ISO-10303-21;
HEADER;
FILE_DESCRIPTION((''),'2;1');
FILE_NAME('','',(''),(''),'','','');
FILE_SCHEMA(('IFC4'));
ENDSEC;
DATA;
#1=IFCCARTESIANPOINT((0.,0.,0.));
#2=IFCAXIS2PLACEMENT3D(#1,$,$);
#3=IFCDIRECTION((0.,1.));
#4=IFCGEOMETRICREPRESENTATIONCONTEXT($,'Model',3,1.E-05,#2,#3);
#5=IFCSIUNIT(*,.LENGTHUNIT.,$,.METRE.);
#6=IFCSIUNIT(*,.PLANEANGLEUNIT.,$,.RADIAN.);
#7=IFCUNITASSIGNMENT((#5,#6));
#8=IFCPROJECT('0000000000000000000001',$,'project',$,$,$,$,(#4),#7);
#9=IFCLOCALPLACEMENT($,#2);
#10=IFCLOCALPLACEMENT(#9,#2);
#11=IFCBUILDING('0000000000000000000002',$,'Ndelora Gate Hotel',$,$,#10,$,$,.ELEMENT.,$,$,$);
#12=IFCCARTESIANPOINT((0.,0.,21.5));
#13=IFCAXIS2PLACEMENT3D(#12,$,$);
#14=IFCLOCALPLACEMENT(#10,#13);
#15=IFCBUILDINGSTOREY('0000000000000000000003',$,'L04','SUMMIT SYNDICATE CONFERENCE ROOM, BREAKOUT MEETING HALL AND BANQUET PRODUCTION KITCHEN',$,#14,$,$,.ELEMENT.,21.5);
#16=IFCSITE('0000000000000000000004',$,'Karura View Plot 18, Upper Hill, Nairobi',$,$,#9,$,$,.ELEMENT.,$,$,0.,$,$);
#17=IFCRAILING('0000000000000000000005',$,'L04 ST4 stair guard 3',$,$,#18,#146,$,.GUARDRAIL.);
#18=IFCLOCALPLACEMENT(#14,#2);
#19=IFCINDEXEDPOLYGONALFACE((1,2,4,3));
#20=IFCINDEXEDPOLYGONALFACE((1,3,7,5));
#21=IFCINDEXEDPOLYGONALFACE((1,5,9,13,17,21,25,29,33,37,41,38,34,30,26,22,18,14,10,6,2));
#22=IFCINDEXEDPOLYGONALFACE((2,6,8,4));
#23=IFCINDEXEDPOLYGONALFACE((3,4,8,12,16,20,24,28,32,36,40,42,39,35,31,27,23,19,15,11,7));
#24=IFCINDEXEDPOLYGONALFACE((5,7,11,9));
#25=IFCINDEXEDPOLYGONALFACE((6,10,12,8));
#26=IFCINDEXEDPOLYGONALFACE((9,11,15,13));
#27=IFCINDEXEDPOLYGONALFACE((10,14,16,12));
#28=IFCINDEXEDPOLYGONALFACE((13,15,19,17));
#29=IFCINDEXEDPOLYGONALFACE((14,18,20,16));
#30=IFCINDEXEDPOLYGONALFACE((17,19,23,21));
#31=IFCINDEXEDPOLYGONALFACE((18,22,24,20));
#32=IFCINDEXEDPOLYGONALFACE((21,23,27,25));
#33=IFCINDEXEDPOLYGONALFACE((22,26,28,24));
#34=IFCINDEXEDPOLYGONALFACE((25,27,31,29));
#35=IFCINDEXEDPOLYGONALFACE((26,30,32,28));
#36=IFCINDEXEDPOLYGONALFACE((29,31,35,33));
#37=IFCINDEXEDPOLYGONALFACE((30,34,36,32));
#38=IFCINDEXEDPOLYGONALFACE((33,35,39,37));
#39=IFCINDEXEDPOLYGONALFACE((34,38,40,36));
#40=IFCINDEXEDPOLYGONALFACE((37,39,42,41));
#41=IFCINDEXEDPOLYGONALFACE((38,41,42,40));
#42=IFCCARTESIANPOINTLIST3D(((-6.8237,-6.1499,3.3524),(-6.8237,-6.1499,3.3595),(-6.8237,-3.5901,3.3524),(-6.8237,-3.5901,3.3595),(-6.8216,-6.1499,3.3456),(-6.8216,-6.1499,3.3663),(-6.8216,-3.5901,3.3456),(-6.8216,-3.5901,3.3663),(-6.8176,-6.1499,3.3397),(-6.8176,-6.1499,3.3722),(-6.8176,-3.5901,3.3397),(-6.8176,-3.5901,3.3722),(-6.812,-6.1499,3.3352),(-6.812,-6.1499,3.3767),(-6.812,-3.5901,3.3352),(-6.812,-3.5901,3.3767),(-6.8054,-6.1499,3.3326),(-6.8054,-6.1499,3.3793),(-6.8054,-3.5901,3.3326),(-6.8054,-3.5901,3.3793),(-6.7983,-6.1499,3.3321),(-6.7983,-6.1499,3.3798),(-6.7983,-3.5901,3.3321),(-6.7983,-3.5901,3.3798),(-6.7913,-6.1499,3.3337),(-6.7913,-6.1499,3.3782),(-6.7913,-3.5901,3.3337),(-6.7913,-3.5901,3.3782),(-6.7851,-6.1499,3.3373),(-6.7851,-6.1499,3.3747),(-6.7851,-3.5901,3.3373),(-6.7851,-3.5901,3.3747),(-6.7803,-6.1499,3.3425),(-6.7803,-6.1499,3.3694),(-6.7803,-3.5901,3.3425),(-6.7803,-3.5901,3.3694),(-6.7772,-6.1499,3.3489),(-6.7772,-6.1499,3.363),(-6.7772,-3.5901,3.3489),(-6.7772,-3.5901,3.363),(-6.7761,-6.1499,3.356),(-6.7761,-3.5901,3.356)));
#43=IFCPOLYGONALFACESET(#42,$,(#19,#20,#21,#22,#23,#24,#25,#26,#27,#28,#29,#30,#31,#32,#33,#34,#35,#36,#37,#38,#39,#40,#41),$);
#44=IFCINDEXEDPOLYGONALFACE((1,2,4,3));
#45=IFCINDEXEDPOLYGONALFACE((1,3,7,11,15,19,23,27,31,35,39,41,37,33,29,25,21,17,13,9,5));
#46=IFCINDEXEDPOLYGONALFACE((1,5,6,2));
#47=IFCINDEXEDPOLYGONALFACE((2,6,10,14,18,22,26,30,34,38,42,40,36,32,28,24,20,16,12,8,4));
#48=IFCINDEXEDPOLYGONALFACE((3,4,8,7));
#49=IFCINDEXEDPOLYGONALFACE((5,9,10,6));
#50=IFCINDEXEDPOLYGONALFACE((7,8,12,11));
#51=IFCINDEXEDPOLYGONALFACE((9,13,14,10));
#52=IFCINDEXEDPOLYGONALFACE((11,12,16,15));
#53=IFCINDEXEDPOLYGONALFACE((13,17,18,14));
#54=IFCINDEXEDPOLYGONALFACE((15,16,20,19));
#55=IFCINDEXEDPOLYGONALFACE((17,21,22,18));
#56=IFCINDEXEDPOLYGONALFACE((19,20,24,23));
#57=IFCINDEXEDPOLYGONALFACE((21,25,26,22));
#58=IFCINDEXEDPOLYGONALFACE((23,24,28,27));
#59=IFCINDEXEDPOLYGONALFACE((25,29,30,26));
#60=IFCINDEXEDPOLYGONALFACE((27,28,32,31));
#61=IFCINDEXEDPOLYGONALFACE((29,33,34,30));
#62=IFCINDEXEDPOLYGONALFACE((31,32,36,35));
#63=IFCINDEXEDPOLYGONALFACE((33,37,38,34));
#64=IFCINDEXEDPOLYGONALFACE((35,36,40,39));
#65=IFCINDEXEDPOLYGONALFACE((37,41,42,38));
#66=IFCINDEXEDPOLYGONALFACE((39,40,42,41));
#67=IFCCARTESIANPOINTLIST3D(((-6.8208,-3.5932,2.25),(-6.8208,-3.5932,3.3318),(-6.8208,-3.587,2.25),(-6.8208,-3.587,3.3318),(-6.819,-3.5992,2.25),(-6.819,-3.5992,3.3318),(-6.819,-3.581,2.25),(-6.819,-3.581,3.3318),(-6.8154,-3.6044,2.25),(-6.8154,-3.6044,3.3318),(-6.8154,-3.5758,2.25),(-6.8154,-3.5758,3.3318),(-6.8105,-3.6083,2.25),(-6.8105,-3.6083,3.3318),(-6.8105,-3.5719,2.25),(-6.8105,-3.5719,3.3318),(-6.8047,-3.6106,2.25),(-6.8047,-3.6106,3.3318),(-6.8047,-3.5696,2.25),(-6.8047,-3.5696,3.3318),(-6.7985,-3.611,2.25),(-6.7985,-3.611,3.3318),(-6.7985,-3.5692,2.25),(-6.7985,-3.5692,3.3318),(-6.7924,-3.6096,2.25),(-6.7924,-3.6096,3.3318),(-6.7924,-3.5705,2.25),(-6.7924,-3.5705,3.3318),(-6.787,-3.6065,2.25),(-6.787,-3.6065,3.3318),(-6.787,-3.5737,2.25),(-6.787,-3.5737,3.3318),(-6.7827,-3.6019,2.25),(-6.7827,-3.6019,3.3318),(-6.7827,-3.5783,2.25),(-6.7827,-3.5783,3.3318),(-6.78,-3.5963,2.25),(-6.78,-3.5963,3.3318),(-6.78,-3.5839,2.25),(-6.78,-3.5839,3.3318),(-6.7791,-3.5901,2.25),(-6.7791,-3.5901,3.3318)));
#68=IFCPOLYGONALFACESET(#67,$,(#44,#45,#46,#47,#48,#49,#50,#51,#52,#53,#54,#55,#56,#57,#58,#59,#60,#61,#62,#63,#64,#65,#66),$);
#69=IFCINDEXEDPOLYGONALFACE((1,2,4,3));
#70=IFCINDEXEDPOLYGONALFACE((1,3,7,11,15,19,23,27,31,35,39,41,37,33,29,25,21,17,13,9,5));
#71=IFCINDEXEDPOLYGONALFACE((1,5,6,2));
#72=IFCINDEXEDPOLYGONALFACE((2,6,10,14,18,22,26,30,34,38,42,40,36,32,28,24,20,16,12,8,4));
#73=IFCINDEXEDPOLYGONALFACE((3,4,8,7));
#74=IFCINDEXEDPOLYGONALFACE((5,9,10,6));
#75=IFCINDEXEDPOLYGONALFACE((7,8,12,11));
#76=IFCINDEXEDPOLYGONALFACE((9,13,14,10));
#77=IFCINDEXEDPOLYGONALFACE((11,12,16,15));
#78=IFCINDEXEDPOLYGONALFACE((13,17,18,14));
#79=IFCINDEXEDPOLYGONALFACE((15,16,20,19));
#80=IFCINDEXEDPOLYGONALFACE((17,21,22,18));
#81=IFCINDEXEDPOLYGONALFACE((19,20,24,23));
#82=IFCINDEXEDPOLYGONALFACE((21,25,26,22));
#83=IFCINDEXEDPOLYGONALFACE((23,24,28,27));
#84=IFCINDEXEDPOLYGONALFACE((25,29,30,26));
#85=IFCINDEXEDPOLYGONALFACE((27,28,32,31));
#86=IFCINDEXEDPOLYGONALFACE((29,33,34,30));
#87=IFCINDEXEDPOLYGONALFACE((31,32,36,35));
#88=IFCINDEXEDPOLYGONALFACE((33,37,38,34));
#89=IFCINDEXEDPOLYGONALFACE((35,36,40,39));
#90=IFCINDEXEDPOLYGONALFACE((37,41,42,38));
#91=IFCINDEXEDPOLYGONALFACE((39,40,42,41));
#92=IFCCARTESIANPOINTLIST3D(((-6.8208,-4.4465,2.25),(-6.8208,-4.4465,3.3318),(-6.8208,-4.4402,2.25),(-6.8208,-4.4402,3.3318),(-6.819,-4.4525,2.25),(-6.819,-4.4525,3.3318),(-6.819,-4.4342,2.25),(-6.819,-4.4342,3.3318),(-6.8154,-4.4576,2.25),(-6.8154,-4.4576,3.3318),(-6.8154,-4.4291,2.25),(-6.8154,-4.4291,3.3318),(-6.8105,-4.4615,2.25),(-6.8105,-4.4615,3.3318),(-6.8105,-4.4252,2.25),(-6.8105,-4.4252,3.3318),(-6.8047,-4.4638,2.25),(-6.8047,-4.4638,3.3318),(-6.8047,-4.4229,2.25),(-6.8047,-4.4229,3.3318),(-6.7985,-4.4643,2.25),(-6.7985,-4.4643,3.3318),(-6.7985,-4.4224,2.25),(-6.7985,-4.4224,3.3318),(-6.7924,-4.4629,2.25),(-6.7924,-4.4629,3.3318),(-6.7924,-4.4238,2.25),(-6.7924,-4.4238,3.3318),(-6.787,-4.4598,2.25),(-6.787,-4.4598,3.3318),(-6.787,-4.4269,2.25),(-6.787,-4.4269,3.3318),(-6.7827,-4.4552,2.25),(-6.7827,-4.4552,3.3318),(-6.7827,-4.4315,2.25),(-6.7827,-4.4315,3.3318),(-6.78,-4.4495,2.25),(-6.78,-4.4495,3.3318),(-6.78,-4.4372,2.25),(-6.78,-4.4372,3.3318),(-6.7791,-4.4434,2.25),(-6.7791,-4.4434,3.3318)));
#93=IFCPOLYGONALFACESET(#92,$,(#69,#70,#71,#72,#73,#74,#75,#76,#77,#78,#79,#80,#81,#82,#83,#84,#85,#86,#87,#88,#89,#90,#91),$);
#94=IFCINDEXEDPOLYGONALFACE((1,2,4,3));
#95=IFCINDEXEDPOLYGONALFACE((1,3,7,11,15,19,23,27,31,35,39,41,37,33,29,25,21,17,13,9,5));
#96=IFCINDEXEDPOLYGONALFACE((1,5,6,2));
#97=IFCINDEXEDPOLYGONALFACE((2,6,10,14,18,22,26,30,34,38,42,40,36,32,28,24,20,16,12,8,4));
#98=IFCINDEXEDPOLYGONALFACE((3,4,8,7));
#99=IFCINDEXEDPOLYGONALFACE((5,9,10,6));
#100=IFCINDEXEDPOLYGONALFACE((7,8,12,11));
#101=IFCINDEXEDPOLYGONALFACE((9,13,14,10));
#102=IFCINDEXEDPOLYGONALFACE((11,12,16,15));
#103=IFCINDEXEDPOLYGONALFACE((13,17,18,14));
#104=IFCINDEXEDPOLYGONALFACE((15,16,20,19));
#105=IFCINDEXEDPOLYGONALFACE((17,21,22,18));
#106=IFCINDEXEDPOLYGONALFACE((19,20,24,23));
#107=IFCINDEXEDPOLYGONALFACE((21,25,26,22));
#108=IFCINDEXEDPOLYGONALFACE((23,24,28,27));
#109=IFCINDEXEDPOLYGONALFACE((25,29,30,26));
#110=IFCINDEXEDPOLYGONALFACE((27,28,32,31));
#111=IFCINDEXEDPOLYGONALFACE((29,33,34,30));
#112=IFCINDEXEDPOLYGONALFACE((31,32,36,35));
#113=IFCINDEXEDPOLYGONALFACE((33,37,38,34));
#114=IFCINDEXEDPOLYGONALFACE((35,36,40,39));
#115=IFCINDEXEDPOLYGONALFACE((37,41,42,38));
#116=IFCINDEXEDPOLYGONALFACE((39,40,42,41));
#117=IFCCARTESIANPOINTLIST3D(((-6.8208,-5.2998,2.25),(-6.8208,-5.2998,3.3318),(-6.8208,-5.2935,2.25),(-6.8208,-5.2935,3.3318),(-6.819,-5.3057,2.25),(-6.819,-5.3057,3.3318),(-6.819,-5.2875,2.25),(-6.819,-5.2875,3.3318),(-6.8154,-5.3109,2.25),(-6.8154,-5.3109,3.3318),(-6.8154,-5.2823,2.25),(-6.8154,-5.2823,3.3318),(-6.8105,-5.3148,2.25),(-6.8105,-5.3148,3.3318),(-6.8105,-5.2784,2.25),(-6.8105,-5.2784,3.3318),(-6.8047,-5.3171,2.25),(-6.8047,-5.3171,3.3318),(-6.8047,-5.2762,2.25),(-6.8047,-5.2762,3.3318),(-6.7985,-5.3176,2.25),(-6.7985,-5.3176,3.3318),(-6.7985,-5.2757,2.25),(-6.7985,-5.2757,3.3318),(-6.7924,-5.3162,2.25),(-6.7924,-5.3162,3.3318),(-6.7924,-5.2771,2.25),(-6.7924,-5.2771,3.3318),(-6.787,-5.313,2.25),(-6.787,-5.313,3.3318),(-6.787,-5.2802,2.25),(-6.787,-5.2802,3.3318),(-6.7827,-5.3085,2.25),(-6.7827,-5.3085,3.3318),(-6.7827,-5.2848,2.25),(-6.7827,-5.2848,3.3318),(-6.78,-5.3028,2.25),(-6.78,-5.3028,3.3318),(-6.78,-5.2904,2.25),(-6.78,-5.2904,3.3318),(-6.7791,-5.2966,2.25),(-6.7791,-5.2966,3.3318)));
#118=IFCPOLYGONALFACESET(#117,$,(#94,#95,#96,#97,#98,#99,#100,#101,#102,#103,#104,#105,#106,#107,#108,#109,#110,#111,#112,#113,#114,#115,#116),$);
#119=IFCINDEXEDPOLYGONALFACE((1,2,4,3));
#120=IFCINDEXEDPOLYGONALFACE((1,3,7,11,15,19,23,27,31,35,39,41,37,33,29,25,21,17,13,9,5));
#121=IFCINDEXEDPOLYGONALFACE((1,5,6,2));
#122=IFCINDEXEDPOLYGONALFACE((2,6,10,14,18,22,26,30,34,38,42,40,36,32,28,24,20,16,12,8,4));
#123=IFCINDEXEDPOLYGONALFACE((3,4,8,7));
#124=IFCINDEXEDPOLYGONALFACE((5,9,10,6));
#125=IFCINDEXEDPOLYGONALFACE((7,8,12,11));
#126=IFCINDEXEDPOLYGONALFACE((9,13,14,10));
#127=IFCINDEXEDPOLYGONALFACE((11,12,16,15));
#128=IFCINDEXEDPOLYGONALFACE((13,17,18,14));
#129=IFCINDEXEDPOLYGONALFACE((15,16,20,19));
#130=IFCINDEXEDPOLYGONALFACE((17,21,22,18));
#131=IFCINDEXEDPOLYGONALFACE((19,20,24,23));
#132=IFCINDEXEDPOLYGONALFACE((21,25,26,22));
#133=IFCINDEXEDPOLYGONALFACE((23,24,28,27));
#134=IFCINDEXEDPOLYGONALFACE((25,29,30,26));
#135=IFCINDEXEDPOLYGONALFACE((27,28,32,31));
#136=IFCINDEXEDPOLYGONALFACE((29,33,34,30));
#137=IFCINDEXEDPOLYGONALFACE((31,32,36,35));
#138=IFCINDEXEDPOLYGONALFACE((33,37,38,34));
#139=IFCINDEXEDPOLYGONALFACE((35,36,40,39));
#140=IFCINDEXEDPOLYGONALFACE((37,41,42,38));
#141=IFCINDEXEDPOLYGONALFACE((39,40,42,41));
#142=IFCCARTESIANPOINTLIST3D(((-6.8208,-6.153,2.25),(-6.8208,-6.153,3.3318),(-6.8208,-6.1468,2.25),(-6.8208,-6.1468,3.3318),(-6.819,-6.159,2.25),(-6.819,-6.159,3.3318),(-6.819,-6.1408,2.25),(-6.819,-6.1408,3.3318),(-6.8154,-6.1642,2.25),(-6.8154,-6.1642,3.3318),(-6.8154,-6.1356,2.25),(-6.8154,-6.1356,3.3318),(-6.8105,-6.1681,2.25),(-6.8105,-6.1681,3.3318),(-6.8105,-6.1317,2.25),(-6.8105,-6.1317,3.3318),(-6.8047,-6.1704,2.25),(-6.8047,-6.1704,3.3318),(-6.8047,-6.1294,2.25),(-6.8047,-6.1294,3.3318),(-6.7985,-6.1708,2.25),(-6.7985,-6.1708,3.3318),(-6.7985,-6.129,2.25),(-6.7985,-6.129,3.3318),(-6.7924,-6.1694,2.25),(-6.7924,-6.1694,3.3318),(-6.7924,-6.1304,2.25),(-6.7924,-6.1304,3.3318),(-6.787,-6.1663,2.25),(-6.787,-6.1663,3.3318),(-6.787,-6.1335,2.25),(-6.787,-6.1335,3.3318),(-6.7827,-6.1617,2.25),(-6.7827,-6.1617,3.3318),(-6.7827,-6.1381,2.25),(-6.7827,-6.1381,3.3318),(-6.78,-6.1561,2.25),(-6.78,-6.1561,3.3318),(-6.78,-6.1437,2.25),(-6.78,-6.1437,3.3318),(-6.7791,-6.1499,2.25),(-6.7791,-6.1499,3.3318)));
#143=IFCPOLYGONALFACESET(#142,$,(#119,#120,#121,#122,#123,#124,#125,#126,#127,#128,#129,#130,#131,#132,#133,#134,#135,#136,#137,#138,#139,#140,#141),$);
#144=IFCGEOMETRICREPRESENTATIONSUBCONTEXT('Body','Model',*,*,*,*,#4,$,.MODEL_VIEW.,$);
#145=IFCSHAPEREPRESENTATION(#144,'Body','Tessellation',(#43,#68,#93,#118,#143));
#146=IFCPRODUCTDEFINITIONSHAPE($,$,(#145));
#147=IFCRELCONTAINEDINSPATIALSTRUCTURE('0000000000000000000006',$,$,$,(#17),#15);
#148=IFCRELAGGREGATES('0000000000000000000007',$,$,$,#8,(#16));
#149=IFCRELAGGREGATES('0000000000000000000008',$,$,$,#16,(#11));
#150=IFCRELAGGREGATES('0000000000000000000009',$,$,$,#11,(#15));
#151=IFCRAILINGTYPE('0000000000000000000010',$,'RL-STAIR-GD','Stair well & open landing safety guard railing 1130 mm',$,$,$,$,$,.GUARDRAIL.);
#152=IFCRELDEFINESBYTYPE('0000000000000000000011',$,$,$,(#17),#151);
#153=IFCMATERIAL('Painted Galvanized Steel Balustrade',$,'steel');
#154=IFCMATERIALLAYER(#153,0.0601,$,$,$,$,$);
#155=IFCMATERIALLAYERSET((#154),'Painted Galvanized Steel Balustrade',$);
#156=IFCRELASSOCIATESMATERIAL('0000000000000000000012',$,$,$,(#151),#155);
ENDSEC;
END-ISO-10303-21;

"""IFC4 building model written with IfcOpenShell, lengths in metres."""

from ifc_helpers import new_model, si_unit, direction, frame, origin, origin_2d, place, context, subcontext, project, spatial, circle, extrude, material, layer, layer_set, type_object, element, save


model = new_model("IFC4")

# Units and contexts
model_context = context("Model", 3, precision=1e-05, world=origin(), true_north=direction((0.0, 1.0)))
body_context = subcontext(model_context, "Body", "Model", "MODEL_VIEW")
ifc_project = project(units=[si_unit("LENGTHUNIT", "METRE"), si_unit("PLANEANGLEUNIT", "RADIAN")], contexts=[model_context])

# Site, building, storey
site_placement = place(None, origin())
site = spatial("IfcSite", under=ifc_project, at=site_placement, Name="Karura View Plot 18, Upper Hill, Nairobi", CompositionType="ELEMENT", RefElevation=0.0)
building_placement = place(site_placement, origin())
building = spatial("IfcBuilding", under=site, at=building_placement, Name="Ndelora Gate Hotel", CompositionType="ELEMENT")
storey_placement = place(building_placement, frame((0.0, 0.0, 21.5)))
storey = spatial("IfcBuildingStorey", under=building, at=storey_placement, Name="L04", Description="SUMMIT SYNDICATE CONFERENCE ROOM, BREAKOUT MEETING HALL AND BANQUET PRODUCTION KITCHEN", CompositionType="ELEMENT", Elevation=21.5)

# Railing
ifc_material_1 = material(Name="Painted Galvanized Steel Balustrade", Category="steel")
ifc_layer_1 = layer(ifc_material_1, 0.0601)
ifc_layer_set_1 = layer_set([ifc_layer_1], Name="Painted Galvanized Steel Balustrade")
railing_type = type_object("IfcRailingType", Name="RL-STAIR-GD", Description="Stair well & open landing safety guard railing 1130 mm", PredefinedType="GUARDRAIL", material=ifc_layer_set_1)
railing_1_placement = place(storey_placement, frame((-6.8, -3.5901, 2.25)))
element("IfcRailing", 1, at=railing_1_placement, inside=storey, type_object=railing_type, Name="L04 ST4 stair guard 3", PredefinedType="GUARDRAIL", context=body_context, shape_type="SweptSolid", body=[
    extrude(circle(Radius=0.0239, at=origin_2d()), frame((0.0, 0.0, 1.106), z_axis=(0.0, -1.0, 0.0), x_axis=(1.0, 0.0, 0.0)), (0.0, 0.0, 1.0), 2.5598),
    extrude(circle(Radius=0.021, at=origin_2d()), origin(), (0.0, 0.0, 1.0), 1.0818),
    extrude(circle(Radius=0.021, at=origin_2d()), frame((0.0, -0.8533, 0.0)), (0.0, 0.0, 1.0), 1.0818),
    extrude(circle(Radius=0.021, at=origin_2d()), frame((0.0, -1.7065, 0.0)), (0.0, 0.0, 1.0), 1.0818),
    extrude(circle(Radius=0.021, at=origin_2d()), frame((0.0, -2.5598, 0.0)), (0.0, 0.0, 1.0), 1.0818),
])

save(model, "model.ifc")
